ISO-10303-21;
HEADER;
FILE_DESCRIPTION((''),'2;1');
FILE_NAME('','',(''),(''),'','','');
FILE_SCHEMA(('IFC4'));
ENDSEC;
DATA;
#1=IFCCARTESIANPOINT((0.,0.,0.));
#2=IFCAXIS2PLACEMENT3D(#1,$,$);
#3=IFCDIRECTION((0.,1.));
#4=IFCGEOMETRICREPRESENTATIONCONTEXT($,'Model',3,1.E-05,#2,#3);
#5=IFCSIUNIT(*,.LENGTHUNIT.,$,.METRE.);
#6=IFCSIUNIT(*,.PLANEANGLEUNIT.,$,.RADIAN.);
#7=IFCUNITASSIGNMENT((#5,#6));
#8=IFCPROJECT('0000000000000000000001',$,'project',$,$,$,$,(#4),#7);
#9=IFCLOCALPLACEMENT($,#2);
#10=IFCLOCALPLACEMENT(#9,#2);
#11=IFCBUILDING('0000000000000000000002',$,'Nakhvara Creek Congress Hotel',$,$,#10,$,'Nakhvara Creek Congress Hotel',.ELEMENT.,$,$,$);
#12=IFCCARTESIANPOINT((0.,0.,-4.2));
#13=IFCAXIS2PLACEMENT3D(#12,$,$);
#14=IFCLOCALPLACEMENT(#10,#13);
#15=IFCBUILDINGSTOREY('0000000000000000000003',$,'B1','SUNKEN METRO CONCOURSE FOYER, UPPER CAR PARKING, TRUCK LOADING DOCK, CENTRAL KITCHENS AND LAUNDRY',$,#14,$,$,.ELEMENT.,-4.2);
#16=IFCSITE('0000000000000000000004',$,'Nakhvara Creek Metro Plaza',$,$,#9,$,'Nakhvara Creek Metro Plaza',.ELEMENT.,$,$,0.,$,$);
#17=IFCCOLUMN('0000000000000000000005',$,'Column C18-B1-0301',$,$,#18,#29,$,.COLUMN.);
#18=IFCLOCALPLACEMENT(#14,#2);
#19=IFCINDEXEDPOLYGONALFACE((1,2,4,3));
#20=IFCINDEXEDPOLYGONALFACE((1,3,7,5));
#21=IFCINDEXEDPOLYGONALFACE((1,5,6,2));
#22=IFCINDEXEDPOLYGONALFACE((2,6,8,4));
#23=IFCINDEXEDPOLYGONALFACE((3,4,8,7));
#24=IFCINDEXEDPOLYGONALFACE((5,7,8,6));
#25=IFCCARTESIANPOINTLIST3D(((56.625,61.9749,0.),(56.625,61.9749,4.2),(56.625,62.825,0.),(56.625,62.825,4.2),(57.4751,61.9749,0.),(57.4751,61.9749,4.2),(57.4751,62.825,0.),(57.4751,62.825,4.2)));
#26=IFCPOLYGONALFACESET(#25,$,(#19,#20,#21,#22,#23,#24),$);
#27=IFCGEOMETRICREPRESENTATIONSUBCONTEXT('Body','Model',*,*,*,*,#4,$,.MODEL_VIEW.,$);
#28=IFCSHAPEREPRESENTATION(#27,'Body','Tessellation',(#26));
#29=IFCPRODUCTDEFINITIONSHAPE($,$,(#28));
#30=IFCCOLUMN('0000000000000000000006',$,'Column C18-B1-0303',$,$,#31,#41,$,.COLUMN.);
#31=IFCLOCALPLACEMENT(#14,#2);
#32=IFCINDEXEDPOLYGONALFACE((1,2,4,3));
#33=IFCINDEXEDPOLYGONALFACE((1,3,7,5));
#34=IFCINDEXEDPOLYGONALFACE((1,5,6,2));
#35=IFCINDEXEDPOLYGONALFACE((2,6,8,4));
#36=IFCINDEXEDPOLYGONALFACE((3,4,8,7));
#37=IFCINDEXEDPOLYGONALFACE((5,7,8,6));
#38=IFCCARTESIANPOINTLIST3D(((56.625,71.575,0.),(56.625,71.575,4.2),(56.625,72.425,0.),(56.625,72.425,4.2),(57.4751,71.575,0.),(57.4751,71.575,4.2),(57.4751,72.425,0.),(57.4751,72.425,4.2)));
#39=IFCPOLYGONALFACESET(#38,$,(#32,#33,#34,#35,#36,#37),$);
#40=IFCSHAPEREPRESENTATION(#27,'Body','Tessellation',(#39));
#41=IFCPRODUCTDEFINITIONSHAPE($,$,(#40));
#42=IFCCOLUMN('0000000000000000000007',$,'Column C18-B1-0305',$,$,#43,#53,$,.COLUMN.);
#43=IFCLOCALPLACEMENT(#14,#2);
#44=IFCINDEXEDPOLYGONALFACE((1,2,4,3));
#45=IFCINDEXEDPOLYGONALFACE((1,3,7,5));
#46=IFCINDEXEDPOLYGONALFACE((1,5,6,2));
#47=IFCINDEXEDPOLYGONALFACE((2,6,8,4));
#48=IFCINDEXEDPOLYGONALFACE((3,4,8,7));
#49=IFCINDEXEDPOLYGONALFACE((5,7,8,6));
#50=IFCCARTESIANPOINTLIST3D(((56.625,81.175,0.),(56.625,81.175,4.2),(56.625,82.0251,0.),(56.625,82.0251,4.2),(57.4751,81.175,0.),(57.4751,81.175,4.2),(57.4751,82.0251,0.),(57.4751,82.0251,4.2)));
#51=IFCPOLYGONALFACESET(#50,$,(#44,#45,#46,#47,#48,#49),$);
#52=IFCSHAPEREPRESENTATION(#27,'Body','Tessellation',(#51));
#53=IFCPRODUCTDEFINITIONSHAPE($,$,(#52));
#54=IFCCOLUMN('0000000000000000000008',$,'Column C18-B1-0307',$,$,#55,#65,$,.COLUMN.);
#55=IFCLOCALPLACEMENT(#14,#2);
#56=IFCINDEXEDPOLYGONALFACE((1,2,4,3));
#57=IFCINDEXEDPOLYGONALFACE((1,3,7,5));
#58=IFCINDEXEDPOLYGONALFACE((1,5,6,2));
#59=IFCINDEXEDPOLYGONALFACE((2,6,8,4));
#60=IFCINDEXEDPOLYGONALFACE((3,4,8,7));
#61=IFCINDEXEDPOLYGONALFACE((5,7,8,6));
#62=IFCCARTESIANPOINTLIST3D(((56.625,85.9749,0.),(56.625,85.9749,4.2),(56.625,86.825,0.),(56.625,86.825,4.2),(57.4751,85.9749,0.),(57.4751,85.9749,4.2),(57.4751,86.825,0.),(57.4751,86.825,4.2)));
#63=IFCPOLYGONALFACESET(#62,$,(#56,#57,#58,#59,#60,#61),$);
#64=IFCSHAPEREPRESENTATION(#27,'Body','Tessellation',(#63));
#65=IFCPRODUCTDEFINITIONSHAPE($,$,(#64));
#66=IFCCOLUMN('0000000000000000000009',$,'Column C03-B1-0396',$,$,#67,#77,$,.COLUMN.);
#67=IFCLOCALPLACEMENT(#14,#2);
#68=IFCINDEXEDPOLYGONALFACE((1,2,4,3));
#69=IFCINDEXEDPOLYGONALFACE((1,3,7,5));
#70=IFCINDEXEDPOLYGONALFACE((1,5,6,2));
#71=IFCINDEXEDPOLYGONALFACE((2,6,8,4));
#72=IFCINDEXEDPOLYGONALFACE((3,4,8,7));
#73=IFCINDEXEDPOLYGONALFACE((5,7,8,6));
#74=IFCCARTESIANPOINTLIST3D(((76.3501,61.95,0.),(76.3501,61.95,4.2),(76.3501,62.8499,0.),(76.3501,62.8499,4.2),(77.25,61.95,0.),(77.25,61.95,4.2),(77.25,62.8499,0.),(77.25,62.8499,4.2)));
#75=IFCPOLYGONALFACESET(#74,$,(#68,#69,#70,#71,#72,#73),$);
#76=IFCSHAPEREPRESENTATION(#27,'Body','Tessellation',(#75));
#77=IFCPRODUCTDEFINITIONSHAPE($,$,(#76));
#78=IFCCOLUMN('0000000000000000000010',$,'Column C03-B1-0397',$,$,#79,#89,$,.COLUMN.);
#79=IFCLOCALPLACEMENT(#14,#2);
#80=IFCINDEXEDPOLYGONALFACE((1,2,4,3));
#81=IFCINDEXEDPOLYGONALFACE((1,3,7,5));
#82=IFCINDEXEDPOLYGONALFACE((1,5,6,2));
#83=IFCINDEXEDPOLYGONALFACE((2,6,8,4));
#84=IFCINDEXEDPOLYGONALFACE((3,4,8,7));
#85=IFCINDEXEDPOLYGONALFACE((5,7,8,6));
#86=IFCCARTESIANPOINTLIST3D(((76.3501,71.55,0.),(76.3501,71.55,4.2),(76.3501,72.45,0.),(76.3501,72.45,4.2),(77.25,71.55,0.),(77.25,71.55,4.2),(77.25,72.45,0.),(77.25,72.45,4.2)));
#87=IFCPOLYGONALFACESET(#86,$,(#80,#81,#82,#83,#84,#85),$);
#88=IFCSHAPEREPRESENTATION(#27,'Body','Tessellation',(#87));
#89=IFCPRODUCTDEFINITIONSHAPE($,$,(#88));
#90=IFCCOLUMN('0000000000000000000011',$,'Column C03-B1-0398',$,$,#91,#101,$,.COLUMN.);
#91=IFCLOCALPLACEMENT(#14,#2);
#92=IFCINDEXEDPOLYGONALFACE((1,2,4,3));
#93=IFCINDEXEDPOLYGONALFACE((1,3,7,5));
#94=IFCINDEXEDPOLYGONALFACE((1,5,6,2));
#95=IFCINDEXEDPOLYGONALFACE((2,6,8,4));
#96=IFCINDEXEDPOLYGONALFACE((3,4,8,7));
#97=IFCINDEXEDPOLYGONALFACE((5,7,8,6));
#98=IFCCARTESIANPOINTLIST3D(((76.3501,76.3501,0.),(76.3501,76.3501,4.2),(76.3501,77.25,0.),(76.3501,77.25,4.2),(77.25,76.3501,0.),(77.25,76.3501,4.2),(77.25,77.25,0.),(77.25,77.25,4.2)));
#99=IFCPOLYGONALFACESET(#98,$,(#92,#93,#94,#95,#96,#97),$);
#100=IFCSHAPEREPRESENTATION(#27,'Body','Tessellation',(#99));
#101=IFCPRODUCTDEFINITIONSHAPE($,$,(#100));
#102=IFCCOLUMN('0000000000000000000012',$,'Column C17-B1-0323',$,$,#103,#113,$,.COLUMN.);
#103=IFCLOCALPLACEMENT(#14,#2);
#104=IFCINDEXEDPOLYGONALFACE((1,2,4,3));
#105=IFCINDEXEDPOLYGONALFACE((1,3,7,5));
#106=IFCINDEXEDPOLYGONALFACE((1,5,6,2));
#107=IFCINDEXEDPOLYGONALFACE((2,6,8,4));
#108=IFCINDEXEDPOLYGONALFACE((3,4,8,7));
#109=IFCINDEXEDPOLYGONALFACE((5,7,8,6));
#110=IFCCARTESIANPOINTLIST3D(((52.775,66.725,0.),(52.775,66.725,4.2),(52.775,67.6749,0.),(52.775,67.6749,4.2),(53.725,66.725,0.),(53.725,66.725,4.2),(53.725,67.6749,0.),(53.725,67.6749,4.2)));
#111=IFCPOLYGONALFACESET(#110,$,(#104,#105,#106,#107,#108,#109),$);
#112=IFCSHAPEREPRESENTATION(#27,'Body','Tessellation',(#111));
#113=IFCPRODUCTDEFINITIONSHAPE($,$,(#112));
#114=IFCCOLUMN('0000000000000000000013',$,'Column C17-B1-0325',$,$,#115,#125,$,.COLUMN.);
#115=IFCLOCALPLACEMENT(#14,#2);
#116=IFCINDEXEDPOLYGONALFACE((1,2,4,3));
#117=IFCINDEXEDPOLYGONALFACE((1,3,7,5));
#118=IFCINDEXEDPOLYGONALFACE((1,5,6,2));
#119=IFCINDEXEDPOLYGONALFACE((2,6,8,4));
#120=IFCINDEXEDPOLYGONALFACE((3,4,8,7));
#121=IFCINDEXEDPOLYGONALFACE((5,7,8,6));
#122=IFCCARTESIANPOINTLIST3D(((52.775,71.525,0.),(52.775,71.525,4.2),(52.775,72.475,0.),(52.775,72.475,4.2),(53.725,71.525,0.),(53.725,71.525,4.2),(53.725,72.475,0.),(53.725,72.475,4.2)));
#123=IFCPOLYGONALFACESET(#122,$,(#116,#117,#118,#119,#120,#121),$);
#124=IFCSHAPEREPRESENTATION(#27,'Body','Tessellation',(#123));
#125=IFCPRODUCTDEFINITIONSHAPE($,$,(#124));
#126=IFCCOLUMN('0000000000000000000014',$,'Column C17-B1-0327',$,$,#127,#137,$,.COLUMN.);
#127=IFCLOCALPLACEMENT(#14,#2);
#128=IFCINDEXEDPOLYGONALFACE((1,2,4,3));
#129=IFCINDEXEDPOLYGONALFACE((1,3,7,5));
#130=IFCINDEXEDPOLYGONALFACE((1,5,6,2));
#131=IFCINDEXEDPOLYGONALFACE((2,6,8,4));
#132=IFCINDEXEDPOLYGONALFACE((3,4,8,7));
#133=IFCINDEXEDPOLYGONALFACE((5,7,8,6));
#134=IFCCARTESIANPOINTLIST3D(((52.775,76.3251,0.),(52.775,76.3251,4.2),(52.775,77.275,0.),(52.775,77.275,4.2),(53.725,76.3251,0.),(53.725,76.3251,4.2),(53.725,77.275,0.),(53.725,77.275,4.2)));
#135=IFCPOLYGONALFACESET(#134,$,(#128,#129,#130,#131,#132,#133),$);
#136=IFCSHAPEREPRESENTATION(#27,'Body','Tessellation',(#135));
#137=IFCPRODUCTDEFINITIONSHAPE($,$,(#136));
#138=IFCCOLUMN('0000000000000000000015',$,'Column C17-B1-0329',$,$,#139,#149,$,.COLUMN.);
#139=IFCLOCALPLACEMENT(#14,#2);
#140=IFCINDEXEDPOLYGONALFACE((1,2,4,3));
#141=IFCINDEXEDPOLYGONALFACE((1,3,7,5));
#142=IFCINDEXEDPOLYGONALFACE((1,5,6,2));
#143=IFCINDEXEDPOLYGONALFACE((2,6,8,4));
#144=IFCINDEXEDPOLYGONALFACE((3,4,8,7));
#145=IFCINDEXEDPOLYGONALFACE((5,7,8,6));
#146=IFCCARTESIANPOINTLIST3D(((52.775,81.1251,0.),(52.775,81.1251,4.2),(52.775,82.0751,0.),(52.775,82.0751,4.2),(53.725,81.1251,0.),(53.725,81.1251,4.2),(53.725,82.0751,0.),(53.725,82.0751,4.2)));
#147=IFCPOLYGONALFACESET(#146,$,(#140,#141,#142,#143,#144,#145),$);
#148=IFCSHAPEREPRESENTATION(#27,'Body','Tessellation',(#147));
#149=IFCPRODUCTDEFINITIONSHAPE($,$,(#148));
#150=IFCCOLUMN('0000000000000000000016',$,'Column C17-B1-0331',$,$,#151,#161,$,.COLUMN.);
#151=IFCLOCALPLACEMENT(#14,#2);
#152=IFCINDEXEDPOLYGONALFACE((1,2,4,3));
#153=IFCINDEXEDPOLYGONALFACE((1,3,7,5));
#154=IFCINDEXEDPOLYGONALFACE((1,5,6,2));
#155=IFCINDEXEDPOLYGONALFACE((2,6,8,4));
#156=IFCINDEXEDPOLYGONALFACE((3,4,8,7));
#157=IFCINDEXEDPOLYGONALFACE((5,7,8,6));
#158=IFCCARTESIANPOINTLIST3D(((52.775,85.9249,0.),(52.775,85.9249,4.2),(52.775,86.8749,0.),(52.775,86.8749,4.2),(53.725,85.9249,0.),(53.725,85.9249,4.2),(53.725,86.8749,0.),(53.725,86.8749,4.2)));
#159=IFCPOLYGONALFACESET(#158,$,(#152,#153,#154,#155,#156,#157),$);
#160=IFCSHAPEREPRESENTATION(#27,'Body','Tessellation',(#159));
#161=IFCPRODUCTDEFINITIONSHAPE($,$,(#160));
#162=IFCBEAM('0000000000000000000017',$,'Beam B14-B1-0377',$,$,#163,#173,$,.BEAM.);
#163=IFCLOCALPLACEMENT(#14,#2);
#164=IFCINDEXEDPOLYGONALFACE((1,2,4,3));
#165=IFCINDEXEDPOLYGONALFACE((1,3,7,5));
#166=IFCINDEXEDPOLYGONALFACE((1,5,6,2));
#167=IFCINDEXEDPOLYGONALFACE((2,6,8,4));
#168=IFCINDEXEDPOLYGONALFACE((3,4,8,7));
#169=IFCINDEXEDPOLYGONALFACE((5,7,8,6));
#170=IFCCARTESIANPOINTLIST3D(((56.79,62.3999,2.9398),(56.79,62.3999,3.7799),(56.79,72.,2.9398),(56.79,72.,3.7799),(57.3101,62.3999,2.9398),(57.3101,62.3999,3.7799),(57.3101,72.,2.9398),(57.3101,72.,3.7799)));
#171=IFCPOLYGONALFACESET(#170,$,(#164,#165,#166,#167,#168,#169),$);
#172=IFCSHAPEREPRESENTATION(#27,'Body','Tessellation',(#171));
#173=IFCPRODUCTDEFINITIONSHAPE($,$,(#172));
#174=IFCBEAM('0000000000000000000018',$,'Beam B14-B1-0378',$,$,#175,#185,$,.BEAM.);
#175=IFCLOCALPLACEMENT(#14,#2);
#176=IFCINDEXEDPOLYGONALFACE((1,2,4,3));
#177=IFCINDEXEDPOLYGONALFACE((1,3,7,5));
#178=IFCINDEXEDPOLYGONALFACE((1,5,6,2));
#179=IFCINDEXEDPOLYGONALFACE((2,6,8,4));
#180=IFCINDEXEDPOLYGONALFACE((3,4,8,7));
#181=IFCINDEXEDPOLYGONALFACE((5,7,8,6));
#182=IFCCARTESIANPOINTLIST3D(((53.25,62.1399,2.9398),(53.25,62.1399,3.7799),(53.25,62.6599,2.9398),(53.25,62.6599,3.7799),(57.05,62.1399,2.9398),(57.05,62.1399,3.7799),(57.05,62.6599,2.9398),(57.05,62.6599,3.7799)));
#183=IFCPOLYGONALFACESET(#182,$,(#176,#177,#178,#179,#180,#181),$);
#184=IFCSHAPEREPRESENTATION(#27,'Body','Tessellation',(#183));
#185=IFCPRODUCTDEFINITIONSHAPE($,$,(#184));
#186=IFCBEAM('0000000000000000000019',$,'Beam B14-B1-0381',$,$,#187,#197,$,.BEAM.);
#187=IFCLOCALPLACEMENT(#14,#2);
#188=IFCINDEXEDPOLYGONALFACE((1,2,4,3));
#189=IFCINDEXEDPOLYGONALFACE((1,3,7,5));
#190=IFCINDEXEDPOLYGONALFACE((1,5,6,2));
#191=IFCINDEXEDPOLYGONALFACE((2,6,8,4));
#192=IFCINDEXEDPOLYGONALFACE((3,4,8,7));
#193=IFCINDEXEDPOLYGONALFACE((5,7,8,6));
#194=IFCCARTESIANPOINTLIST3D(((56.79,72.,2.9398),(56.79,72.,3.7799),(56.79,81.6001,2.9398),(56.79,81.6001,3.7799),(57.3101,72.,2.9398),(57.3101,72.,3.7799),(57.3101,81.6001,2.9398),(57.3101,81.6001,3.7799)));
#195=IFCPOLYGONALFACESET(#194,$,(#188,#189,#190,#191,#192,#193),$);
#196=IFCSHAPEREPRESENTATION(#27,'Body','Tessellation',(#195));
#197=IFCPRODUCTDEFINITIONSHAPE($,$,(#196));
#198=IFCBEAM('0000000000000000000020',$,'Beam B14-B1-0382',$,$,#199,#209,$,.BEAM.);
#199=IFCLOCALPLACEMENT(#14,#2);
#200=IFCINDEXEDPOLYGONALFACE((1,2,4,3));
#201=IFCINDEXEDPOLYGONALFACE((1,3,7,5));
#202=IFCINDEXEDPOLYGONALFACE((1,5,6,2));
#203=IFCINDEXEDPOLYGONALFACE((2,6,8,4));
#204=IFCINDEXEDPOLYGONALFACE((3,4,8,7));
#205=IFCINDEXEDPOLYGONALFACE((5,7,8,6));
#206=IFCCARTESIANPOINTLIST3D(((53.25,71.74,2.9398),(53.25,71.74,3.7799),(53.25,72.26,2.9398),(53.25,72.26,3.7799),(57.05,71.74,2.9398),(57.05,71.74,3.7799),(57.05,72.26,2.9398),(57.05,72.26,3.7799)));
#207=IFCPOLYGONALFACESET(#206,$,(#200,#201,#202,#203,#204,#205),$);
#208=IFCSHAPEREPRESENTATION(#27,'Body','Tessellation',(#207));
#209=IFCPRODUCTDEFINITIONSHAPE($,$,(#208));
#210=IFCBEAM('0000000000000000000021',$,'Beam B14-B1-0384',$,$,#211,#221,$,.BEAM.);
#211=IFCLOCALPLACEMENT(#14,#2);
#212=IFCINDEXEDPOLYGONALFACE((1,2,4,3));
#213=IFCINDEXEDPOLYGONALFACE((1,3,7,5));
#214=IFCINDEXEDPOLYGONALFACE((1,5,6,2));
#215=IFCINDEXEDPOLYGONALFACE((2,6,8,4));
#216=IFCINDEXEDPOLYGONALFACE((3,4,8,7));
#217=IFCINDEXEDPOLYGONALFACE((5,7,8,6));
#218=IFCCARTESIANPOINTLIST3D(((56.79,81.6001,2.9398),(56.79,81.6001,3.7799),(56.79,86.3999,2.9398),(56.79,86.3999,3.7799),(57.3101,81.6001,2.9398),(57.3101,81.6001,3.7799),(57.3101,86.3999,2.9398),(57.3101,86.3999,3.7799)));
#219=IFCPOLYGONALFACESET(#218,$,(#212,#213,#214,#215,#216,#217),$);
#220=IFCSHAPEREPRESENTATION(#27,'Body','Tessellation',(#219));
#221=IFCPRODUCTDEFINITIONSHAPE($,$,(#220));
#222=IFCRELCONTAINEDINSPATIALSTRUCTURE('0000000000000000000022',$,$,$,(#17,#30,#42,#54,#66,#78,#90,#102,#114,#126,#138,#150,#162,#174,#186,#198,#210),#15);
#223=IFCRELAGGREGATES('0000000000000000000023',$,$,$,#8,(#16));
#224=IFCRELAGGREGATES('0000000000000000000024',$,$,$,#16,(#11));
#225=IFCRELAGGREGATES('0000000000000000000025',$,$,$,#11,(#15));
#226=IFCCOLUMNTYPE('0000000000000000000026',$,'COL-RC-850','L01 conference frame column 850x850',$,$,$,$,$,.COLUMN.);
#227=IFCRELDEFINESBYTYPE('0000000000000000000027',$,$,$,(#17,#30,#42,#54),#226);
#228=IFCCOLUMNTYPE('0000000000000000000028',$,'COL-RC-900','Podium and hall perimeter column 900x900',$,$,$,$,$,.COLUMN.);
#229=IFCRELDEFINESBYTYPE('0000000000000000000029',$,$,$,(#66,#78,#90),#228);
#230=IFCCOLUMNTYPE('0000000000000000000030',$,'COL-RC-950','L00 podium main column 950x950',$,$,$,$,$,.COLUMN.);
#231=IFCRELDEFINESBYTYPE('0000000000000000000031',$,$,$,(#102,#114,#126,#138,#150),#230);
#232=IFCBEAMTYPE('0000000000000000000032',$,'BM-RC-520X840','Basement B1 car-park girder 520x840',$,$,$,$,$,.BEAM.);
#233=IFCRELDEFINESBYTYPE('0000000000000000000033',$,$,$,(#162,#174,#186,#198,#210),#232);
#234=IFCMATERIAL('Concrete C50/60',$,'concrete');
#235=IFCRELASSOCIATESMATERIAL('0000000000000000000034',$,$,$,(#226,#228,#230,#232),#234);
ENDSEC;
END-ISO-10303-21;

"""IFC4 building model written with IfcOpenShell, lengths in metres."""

from ifc_helpers import new_model, si_unit, direction, frame, origin, origin_2d, place, context, subcontext, project, spatial, rectangle, extrude, material, material_profile, profile_set, type_object, element, save


model = new_model("IFC4")

# Units and contexts
model_context = context("Model", 3, precision=1e-05, world=origin(), true_north=direction((0.0, 1.0)))
body_context = subcontext(model_context, "Body", "Model", "MODEL_VIEW")
ifc_project = project(units=[si_unit("LENGTHUNIT", "METRE"), si_unit("PLANEANGLEUNIT", "RADIAN")], contexts=[model_context])

# Site, building, storey
site_placement = place(None, origin())
site = spatial("IfcSite", under=ifc_project, at=site_placement, Name="Nakhvara Creek Metro Plaza", LongName="Nakhvara Creek Metro Plaza", CompositionType="ELEMENT", RefElevation=0.0)
building_placement = place(site_placement, origin())
building = spatial("IfcBuilding", under=site, at=building_placement, Name="Nakhvara Creek Congress Hotel", LongName="Nakhvara Creek Congress Hotel", CompositionType="ELEMENT")
storey_placement = place(building_placement, frame((0.0, 0.0, -4.2)))
storey = spatial("IfcBuildingStorey", under=building, at=storey_placement, Name="B1", Description="SUNKEN METRO CONCOURSE FOYER, UPPER CAR PARKING, TRUCK LOADING DOCK, CENTRAL KITCHENS AND LAUNDRY", CompositionType="ELEMENT", Elevation=-4.2)

# Columns
ifc_material_1 = material(Name="Concrete C50/60", Category="concrete")
ifc_material_profile_1 = material_profile(ifc_material_1, rectangle(XDim=0.8501, YDim=0.8501, at=origin_2d()), Name="RC-COL 850x850", Category="LoadBearing")
ifc_profile_set_1 = profile_set([ifc_material_profile_1], Name="Concrete C50/60")
column_type_1 = type_object("IfcColumnType", Name="COL-RC-850", Description="L01 conference frame column 850x850", PredefinedType="COLUMN", material=ifc_profile_set_1)
for number, where, z_axis, x_axis, name in (
    (1, (57.05, 62.3999, 0.0), (0.0, 0.0, 1.0), (1.0, 0.0, 0.0), "Column C18-B1-0301"),
    (2, (57.05, 72.0, 0.0), (0.0, 0.0, 1.0), (1.0, 0.0, 0.0), "Column C18-B1-0303"),
    (3, (57.05, 81.6001, 0.0), (0.0, 0.0, 1.0), (1.0, 0.0, 0.0), "Column C18-B1-0305"),
    (4, (57.05, 86.3999, 0.0), (0.0, 0.0, 1.0), (1.0, 0.0, 0.0), "Column C18-B1-0307"),
):
    element("IfcColumn", number, at=place(storey_placement, frame(where, z_axis=z_axis, x_axis=x_axis)), inside=storey, type_object=column_type_1, Name=name, PredefinedType="COLUMN", context=body_context, shape_type="SweptSolid", body=[
        extrude(rectangle(XDim=0.8501, YDim=0.8501, at=origin_2d()), origin(), (0.0, 0.0, 1.0), 4.2),
    ])
ifc_material_profile_2 = material_profile(ifc_material_1, rectangle(XDim=0.8999, YDim=0.8999, at=origin_2d()), Name="RC-COL 900x900", Category="LoadBearing")
ifc_profile_set_2 = profile_set([ifc_material_profile_2], Name="Concrete C50/60")
column_type_2 = type_object("IfcColumnType", Name="COL-RC-900", Description="Podium and hall perimeter column 900x900", PredefinedType="COLUMN", material=ifc_profile_set_2)
for number, where, z_axis, x_axis, name in (
    (5, (76.8, 62.3999, 0.0), (0.0, 0.0, 1.0), (1.0, 0.0, 0.0), "Column C03-B1-0396"),
    (6, (76.8, 72.0, 0.0), (0.0, 0.0, 1.0), (1.0, 0.0, 0.0), "Column C03-B1-0397"),
    (7, (76.8, 76.8, 0.0), (0.0, 0.0, 1.0), (1.0, 0.0, 0.0), "Column C03-B1-0398"),
):
    element("IfcColumn", number, at=place(storey_placement, frame(where, z_axis=z_axis, x_axis=x_axis)), inside=storey, type_object=column_type_2, Name=name, PredefinedType="COLUMN", context=body_context, shape_type="SweptSolid", body=[
        extrude(rectangle(XDim=0.8999, YDim=0.8999, at=origin_2d()), origin(), (0.0, 0.0, 1.0), 4.2),
    ])
ifc_material_profile_3 = material_profile(ifc_material_1, rectangle(XDim=0.95, YDim=0.95, at=origin_2d()), Name="RC-COL 950x950", Category="LoadBearing")
ifc_profile_set_3 = profile_set([ifc_material_profile_3], Name="Concrete C50/60")
column_type_3 = type_object("IfcColumnType", Name="COL-RC-950", Description="L00 podium main column 950x950", PredefinedType="COLUMN", material=ifc_profile_set_3)
for number, where, z_axis, x_axis, name in (
    (8, (53.25, 67.2, 0.0), (0.0, 0.0, 1.0), (1.0, 0.0, 0.0), "Column C17-B1-0323"),
    (9, (53.25, 72.0, 0.0), (0.0, 0.0, 1.0), (1.0, 0.0, 0.0), "Column C17-B1-0325"),
    (10, (53.25, 76.8, 0.0), (0.0, 0.0, 1.0), (1.0, 0.0, 0.0), "Column C17-B1-0327"),
    (11, (53.25, 81.6001, 0.0), (0.0, 0.0, 1.0), (1.0, 0.0, 0.0), "Column C17-B1-0329"),
    (12, (53.25, 86.3999, 0.0), (0.0, 0.0, 1.0), (1.0, 0.0, 0.0), "Column C17-B1-0331"),
):
    element("IfcColumn", number, at=place(storey_placement, frame(where, z_axis=z_axis, x_axis=x_axis)), inside=storey, type_object=column_type_3, Name=name, PredefinedType="COLUMN", context=body_context, shape_type="SweptSolid", body=[
        extrude(rectangle(XDim=0.95, YDim=0.95, at=origin_2d()), origin(), (0.0, 0.0, 1.0), 4.2),
    ])

# Beams
ifc_material_profile_4 = material_profile(ifc_material_1, rectangle(XDim=0.52, YDim=0.8401, at=origin_2d()), Name="RC-BM 520x840", Category="LoadBearing")
ifc_profile_set_4 = profile_set([ifc_material_profile_4], Name="Concrete C50/60")
beam_type = type_object("IfcBeamType", Name="BM-RC-520X840", Description="Basement B1 car-park girder 520x840", PredefinedType="BEAM", material=ifc_profile_set_4)
beam_1_placement = place(storey_placement, frame((57.05, 62.3999, 3.3599), z_axis=(0.0, 1.0, 0.0), x_axis=(-1.0, 0.0, 0.0)))
element("IfcBeam", 13, at=beam_1_placement, inside=storey, type_object=beam_type, Name="Beam B14-B1-0377", PredefinedType="BEAM", context=body_context, shape_type="SweptSolid", body=[
    extrude(rectangle(XDim=0.52, YDim=0.8401, at=origin_2d()), origin(), (0.0, 0.0, 1.0), 9.6001),
])
beam_2_placement = place(storey_placement, frame((53.25, 62.3999, 3.3599), z_axis=(1.0, 0.0, 0.0), x_axis=(0.0, 1.0, 0.0)))
element("IfcBeam", 14, at=beam_2_placement, inside=storey, type_object=beam_type, Name="Beam B14-B1-0378", PredefinedType="BEAM", context=body_context, shape_type="SweptSolid", body=[
    extrude(rectangle(XDim=0.52, YDim=0.8401, at=origin_2d()), origin(), (0.0, 0.0, 1.0), 3.8),
])
beam_3_placement = place(storey_placement, frame((57.05, 72.0, 3.3599), z_axis=(0.0, 1.0, 0.0), x_axis=(-1.0, 0.0, 0.0)))
element("IfcBeam", 15, at=beam_3_placement, inside=storey, type_object=beam_type, Name="Beam B14-B1-0381", PredefinedType="BEAM", context=body_context, shape_type="SweptSolid", body=[
    extrude(rectangle(XDim=0.52, YDim=0.8401, at=origin_2d()), origin(), (0.0, 0.0, 1.0), 9.6001),
])
beam_4_placement = place(storey_placement, frame((53.25, 72.0, 3.3599), z_axis=(1.0, 0.0, 0.0), x_axis=(0.0, 1.0, 0.0)))
element("IfcBeam", 16, at=beam_4_placement, inside=storey, type_object=beam_type, Name="Beam B14-B1-0382", PredefinedType="BEAM", context=body_context, shape_type="SweptSolid", body=[
    extrude(rectangle(XDim=0.52, YDim=0.8401, at=origin_2d()), origin(), (0.0, 0.0, 1.0), 3.8),
])
beam_5_placement = place(storey_placement, frame((57.05, 81.6001, 3.3599), z_axis=(0.0, 1.0, 0.0), x_axis=(-1.0, 0.0, 0.0)))
element("IfcBeam", 17, at=beam_5_placement, inside=storey, type_object=beam_type, Name="Beam B14-B1-0384", PredefinedType="BEAM", context=body_context, shape_type="SweptSolid", body=[
    extrude(rectangle(XDim=0.52, YDim=0.8401, at=origin_2d()), origin(), (0.0, 0.0, 1.0), 4.7998),
])

save(model, "model.ifc")
